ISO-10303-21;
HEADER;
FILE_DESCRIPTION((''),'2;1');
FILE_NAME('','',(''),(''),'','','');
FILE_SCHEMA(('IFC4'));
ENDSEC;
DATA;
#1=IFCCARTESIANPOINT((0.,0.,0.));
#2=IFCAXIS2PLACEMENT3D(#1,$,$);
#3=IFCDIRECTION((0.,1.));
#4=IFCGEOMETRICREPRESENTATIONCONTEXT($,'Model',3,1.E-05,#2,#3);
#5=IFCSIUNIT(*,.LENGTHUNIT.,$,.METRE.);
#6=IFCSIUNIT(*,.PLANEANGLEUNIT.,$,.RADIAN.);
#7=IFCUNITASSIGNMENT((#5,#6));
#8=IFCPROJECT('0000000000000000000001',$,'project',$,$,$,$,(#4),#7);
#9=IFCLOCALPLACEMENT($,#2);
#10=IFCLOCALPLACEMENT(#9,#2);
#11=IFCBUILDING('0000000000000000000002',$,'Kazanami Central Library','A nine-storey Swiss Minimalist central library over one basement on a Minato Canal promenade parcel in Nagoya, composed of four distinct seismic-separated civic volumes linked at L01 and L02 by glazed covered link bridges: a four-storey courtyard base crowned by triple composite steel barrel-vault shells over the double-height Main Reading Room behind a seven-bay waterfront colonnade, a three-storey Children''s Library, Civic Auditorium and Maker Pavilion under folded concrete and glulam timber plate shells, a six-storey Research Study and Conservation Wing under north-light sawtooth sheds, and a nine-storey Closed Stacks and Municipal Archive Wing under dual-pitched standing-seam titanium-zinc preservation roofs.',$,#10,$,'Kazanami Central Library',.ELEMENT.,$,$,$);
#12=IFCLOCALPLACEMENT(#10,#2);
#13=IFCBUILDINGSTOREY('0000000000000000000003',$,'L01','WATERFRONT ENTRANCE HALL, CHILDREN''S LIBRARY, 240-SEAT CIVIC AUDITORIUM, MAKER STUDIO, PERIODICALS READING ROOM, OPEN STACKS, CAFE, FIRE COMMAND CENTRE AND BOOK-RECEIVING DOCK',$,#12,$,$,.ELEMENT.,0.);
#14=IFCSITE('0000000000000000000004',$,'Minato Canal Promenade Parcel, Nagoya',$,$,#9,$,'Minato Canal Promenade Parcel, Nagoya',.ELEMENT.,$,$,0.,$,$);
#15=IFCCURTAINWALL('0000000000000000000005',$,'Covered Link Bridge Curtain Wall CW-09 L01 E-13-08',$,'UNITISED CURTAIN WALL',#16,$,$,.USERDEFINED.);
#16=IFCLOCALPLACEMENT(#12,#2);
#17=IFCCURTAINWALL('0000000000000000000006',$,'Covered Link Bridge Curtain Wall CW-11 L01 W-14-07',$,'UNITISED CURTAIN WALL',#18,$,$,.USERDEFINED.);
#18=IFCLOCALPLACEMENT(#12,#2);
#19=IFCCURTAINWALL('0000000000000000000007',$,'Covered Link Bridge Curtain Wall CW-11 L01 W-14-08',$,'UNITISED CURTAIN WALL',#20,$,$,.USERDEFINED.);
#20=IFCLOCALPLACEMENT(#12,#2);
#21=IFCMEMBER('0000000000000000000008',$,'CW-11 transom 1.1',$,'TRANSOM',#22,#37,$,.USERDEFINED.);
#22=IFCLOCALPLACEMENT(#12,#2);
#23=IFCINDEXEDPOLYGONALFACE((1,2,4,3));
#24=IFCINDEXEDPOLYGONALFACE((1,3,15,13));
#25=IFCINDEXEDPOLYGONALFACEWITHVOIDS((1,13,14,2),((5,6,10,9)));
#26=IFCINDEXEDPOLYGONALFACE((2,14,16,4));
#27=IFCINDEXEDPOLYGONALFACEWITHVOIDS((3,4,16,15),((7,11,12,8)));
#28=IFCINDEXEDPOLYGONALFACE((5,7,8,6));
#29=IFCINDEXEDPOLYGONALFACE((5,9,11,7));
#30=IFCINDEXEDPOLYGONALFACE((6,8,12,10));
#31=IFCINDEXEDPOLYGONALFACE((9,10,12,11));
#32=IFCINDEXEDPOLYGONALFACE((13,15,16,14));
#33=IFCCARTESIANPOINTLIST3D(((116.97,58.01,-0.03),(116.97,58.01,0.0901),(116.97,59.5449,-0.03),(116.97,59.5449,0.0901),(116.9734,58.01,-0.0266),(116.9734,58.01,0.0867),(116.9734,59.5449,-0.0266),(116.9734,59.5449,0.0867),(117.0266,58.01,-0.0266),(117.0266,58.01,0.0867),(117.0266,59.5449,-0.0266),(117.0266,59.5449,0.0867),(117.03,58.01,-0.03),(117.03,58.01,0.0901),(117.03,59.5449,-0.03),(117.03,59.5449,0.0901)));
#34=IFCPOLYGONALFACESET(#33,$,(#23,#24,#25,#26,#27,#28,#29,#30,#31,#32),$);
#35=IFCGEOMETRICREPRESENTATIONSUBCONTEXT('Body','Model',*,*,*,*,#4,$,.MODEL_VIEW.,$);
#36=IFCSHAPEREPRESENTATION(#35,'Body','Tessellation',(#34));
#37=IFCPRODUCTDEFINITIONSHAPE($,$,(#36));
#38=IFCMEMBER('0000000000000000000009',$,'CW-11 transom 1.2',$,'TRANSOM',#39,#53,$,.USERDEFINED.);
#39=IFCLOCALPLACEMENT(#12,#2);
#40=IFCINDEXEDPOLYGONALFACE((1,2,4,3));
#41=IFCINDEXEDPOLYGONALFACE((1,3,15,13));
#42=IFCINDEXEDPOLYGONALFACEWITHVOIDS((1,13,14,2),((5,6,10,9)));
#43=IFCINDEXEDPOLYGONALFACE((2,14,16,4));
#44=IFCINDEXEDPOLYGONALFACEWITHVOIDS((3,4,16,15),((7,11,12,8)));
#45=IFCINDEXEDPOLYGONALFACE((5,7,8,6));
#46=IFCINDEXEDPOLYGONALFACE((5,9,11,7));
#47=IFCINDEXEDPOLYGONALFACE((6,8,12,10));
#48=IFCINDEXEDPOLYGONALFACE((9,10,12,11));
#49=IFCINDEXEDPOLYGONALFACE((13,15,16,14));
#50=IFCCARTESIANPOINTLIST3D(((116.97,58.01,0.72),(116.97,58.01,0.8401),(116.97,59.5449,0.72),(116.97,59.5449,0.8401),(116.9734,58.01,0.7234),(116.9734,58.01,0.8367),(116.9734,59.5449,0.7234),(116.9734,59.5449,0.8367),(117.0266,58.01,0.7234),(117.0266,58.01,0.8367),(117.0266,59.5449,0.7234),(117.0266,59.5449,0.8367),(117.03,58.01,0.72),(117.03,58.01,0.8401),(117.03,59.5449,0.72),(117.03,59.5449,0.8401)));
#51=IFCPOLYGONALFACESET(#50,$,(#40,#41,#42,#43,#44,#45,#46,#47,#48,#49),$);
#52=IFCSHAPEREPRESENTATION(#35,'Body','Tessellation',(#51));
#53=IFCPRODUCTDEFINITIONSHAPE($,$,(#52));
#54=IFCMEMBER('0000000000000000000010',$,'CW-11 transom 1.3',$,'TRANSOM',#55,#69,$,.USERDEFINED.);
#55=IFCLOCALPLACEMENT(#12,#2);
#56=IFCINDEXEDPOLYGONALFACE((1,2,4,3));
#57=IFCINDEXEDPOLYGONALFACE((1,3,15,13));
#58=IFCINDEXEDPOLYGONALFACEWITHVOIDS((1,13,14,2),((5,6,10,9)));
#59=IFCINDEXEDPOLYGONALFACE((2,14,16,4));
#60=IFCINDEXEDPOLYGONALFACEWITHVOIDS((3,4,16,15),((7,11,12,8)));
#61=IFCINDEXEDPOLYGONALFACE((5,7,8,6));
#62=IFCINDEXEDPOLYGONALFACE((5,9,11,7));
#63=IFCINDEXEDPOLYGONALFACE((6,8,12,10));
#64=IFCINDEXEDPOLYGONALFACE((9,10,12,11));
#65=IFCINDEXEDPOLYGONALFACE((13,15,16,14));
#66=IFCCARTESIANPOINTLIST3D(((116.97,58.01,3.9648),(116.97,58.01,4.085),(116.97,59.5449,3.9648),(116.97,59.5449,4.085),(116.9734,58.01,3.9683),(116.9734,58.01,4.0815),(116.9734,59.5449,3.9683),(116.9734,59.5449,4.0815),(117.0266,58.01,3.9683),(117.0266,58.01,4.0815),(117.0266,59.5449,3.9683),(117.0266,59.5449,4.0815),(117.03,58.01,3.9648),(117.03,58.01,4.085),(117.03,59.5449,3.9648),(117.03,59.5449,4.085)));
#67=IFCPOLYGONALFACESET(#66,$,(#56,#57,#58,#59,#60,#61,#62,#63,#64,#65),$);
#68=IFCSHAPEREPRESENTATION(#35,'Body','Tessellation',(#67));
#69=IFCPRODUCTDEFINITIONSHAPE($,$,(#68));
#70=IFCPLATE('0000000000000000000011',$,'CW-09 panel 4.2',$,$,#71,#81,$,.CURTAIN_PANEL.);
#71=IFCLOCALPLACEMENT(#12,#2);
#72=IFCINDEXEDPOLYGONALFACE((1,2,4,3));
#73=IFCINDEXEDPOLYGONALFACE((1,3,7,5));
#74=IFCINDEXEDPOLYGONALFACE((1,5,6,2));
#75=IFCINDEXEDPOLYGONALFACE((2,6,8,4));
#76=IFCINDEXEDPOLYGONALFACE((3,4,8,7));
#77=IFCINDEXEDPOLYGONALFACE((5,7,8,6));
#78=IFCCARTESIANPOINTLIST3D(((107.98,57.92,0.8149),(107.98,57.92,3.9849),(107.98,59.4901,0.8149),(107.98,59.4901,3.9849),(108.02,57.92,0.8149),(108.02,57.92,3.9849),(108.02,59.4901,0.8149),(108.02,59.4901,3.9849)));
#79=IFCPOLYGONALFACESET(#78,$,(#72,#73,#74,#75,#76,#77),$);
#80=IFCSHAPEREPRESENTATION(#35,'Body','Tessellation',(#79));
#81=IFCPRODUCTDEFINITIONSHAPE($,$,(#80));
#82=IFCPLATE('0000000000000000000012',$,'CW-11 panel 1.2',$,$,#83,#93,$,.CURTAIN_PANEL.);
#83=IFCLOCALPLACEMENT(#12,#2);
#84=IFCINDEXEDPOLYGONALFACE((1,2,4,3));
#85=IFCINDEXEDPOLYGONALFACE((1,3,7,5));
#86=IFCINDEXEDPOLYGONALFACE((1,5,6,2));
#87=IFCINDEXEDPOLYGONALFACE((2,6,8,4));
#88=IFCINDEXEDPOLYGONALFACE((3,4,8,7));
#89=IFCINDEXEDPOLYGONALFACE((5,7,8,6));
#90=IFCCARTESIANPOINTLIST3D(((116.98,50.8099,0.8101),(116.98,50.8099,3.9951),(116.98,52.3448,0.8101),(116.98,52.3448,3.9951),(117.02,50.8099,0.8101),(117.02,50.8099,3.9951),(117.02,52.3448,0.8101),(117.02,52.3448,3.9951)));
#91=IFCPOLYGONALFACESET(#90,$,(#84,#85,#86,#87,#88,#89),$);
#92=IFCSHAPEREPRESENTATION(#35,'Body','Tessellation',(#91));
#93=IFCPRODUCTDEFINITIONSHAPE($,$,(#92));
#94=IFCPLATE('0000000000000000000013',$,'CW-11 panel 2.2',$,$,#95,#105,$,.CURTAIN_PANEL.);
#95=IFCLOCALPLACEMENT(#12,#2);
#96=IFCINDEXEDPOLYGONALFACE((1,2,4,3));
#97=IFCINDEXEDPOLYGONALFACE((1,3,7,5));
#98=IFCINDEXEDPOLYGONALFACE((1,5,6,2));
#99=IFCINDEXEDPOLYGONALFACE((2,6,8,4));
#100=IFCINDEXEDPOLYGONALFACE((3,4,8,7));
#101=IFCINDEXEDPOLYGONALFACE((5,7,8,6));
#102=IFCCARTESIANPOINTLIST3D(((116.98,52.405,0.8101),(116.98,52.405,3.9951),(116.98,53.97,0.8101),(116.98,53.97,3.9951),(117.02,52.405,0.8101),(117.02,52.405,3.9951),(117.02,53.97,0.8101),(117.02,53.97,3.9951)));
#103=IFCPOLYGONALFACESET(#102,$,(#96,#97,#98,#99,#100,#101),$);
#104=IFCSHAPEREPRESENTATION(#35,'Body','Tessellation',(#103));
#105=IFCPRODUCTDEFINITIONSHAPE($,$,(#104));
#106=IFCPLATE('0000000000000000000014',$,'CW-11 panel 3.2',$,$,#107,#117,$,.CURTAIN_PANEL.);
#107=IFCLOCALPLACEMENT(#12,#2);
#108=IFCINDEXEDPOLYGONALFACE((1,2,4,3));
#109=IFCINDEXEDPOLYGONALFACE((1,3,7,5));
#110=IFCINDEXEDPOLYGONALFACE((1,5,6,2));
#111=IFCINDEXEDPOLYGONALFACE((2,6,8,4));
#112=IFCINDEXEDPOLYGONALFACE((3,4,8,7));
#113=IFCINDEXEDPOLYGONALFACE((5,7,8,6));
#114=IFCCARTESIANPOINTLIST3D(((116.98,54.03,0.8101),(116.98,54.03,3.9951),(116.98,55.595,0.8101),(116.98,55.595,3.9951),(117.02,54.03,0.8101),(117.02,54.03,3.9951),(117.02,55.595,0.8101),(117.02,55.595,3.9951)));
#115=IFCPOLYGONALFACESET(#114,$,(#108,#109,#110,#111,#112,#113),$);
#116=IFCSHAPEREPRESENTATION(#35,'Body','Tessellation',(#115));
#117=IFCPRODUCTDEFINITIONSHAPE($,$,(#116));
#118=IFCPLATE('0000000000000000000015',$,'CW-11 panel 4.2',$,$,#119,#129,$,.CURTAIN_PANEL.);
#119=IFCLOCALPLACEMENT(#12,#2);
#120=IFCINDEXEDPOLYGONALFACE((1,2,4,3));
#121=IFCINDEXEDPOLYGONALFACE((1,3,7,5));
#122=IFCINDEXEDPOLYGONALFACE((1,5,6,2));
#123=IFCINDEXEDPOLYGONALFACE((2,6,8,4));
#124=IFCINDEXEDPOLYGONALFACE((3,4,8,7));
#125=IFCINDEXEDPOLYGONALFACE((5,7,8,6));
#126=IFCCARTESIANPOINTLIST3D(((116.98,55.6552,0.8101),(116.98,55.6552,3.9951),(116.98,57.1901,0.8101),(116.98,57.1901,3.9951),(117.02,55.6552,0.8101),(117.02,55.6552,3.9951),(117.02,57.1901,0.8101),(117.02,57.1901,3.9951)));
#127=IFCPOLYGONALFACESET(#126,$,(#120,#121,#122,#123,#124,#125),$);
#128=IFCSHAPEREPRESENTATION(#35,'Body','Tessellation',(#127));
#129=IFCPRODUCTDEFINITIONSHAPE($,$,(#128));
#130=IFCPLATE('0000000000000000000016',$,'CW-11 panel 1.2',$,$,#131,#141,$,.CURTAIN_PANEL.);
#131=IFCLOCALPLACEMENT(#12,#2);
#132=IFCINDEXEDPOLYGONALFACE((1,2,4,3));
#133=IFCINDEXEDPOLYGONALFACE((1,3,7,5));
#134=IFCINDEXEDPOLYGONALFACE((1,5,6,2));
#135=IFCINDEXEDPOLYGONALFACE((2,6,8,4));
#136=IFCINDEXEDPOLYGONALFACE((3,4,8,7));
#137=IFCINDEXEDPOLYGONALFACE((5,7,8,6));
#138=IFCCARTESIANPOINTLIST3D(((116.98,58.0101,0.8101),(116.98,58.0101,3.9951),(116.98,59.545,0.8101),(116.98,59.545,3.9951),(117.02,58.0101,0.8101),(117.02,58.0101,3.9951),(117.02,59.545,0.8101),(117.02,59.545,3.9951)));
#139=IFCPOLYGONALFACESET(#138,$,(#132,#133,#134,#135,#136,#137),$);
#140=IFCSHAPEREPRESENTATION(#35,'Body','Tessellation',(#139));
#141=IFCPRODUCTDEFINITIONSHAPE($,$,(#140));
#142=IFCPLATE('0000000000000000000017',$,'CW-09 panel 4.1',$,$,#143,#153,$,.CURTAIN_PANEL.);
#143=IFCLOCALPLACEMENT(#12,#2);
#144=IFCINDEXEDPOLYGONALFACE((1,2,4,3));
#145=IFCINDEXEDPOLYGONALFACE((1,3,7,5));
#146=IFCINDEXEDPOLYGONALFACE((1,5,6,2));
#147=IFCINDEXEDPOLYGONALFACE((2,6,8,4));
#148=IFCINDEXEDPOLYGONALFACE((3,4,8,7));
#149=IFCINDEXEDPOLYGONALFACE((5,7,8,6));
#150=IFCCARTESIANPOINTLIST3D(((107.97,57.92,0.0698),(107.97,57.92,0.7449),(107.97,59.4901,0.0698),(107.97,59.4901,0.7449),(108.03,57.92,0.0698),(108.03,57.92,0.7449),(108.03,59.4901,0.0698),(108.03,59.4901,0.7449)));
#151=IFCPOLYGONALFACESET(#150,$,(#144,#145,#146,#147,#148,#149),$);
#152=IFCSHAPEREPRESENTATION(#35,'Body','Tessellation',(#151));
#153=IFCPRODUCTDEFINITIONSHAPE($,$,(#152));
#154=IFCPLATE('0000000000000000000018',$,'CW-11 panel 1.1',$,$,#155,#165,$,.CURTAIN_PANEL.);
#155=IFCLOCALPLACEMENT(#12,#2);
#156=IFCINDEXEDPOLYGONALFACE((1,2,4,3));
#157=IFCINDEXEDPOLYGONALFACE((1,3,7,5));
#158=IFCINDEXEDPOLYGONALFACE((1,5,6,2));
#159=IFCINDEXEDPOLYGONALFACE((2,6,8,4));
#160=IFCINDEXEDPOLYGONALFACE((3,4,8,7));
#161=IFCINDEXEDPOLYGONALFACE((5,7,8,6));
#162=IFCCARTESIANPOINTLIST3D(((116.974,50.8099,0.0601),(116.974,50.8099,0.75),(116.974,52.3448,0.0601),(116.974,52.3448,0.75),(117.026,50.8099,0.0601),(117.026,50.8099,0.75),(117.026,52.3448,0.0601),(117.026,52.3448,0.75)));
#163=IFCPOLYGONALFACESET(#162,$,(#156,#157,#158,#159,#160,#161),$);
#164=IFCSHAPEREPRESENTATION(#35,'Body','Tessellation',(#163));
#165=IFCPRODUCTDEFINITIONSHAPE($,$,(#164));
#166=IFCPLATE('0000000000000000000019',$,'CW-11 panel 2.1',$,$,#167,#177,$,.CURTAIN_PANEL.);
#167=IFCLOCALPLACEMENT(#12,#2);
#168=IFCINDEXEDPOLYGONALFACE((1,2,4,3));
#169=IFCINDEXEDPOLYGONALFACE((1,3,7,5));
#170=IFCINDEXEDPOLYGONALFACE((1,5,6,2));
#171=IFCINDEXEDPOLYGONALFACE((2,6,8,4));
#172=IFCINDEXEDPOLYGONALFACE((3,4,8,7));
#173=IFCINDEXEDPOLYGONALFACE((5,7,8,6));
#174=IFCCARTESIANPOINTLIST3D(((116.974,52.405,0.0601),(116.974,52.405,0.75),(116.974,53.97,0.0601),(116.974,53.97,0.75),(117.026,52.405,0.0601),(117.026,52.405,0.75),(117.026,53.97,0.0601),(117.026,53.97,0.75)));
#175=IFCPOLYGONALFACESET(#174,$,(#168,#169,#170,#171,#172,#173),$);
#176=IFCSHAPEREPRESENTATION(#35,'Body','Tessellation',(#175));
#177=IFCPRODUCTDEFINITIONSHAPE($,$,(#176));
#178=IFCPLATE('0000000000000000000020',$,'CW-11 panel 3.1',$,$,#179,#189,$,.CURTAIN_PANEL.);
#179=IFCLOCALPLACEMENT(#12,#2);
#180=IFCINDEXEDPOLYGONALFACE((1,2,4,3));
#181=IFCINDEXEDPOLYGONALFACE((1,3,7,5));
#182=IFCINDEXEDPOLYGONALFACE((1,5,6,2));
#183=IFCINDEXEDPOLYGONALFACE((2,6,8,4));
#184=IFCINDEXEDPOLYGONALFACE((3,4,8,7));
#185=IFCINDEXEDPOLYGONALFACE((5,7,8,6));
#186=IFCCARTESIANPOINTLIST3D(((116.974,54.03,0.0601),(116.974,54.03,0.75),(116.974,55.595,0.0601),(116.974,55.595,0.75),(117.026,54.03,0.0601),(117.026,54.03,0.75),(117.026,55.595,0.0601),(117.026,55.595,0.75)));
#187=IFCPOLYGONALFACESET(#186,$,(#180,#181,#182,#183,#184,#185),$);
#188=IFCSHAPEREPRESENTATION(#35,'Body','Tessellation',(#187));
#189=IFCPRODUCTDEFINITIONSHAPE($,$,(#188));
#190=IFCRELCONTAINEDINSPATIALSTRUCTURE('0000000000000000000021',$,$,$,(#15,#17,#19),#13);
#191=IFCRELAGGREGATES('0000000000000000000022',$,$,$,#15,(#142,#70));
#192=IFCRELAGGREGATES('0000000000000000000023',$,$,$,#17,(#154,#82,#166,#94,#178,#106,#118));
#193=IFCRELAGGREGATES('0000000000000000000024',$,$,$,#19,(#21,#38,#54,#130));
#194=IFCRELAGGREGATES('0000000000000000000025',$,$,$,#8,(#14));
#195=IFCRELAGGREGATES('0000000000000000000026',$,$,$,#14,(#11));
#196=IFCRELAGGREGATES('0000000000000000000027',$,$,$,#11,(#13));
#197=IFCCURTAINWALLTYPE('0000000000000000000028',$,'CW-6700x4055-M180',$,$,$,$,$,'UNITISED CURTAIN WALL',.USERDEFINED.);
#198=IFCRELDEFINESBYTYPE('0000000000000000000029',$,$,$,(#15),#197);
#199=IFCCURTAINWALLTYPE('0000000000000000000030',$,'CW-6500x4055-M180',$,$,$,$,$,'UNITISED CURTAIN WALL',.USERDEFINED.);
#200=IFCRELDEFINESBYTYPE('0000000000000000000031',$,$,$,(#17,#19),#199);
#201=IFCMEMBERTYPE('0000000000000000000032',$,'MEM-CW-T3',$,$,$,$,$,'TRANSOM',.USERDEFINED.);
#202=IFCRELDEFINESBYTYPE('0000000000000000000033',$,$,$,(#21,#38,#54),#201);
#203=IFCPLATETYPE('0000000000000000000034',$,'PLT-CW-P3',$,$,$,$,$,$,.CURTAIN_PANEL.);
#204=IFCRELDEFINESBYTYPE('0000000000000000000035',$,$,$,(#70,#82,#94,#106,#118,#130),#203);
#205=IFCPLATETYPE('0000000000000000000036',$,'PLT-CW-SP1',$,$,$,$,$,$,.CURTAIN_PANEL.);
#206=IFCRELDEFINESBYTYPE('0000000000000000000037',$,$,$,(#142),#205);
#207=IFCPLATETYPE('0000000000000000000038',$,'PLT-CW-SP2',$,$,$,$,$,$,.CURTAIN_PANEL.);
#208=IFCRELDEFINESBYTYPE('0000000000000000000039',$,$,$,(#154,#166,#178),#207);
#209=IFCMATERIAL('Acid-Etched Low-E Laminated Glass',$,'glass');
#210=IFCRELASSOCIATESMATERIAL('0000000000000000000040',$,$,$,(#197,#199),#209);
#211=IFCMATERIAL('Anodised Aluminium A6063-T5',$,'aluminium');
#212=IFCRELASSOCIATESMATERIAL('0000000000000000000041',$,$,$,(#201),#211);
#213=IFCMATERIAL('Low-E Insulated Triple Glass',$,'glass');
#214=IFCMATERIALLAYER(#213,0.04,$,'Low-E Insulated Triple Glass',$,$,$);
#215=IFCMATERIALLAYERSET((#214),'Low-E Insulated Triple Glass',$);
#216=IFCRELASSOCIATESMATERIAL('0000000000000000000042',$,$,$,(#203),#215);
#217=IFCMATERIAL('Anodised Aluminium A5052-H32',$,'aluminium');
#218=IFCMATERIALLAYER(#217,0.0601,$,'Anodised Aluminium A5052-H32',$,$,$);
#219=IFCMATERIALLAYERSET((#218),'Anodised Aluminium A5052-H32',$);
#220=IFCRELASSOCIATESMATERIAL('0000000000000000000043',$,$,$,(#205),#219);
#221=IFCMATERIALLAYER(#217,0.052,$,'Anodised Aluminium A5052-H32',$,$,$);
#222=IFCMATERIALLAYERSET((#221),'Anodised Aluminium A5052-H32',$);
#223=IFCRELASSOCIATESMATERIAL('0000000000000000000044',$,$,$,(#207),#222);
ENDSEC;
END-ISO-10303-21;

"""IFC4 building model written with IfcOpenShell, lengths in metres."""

from ifc_helpers import new_model, si_unit, direction, frame, origin, origin_2d, place, context, subcontext, project, spatial, rectangle, hollow_rectangle, extrude, material, layer, layer_set, material_profile, profile_set, type_object, element, aggregate, save


model = new_model("IFC4")

# Units and contexts
model_context = context("Model", 3, precision=1e-05, world=origin(), true_north=direction((0.0, 1.0)))
body_context = subcontext(model_context, "Body", "Model", "MODEL_VIEW")
ifc_project = project(units=[si_unit("LENGTHUNIT", "METRE"), si_unit("PLANEANGLEUNIT", "RADIAN")], contexts=[model_context])

# Site, building, storey
site_placement = place(None, origin())
site = spatial("IfcSite", under=ifc_project, at=site_placement, Name="Minato Canal Promenade Parcel, Nagoya", LongName="Minato Canal Promenade Parcel, Nagoya", CompositionType="ELEMENT", RefElevation=0.0)
building_placement = place(site_placement, origin())
building = spatial("IfcBuilding", under=site, at=building_placement, Name="Kazanami Central Library", Description="A nine-storey Swiss Minimalist central library over one basement on a Minato Canal promenade parcel in Nagoya, composed of four distinct seismic-separated civic volumes linked at L01 and L02 by glazed covered link bridges: a four-storey courtyard base crowned by triple composite steel barrel-vault shells over the double-height Main Reading Room behind a seven-bay waterfront colonnade, a three-storey Children's Library, Civic Auditorium and Maker Pavilion under folded concrete and glulam timber plate shells, a six-storey Research Study and Conservation Wing under north-light sawtooth sheds, and a nine-storey Closed Stacks and Municipal Archive Wing under dual-pitched standing-seam titanium-zinc preservation roofs.", LongName="Kazanami Central Library", CompositionType="ELEMENT")
storey_placement = place(building_placement, origin())
storey = spatial("IfcBuildingStorey", under=building, at=storey_placement, Name="L01", Description="WATERFRONT ENTRANCE HALL, CHILDREN'S LIBRARY, 240-SEAT CIVIC AUDITORIUM, MAKER STUDIO, PERIODICALS READING ROOM, OPEN STACKS, CAFE, FIRE COMMAND CENTRE AND BOOK-RECEIVING DOCK", CompositionType="ELEMENT", Elevation=0.0)

# Curtain wall
ifc_material_1 = material(Name="Acid-Etched Low-E Laminated Glass", Category="glass")
curtain_wall_type_1 = type_object("IfcCurtainWallType", Name="CW-6700x4055-M180", ElementType="UNITISED CURTAIN WALL", PredefinedType="USERDEFINED", material=ifc_material_1)
curtain_wall_1_placement = place(storey_placement, origin())
curtain_wall_1 = element("IfcCurtainWall", 1, at=curtain_wall_1_placement, inside=storey, type_object=curtain_wall_type_1, Name="Covered Link Bridge Curtain Wall CW-09 L01 E-13-08", ObjectType="UNITISED CURTAIN WALL", PredefinedType="USERDEFINED")
ifc_material_2 = material(Name="Anodised Aluminium A6063-T5", Category="aluminium")

# Curtain wall
curtain_wall_type_2 = type_object("IfcCurtainWallType", Name="CW-6500x4055-M180", ElementType="UNITISED CURTAIN WALL", PredefinedType="USERDEFINED", material=ifc_material_1)
curtain_wall_2_placement = place(storey_placement, origin())
curtain_wall_2 = element("IfcCurtainWall", 2, at=curtain_wall_2_placement, inside=storey, type_object=curtain_wall_type_2, Name="Covered Link Bridge Curtain Wall CW-11 L01 W-14-07", ObjectType="UNITISED CURTAIN WALL", PredefinedType="USERDEFINED")

# Curtain wall
curtain_wall_3_placement = place(storey_placement, origin())
curtain_wall_3 = element("IfcCurtainWall", 3, at=curtain_wall_3_placement, inside=storey, type_object=curtain_wall_type_2, Name="Covered Link Bridge Curtain Wall CW-11 L01 W-14-08", ObjectType="UNITISED CURTAIN WALL", PredefinedType="USERDEFINED")

# Members
ifc_material_profile_1 = material_profile(ifc_material_2, hollow_rectangle(XDim=0.0601, YDim=0.1201, WallThickness=0.0034, at=origin_2d()), Name="ALU-TRAN-60x120x3.5")
ifc_profile_set_1 = profile_set([ifc_material_profile_1], Name="Anodised Aluminium A6063-T5")
member_type_1 = type_object("IfcMemberType", Name="MEM-CW-T3", ElementType="TRANSOM", PredefinedType="USERDEFINED", material=ifc_profile_set_1)
member_1_placement = place(storey_placement, frame((117.0, 58.01, 0.03), z_axis=(0.0, 1.0, 0.0), x_axis=(-1.0, 0.0, 0.0)))
member_1 = element("IfcMember", 4, at=member_1_placement, type_object=member_type_1, Name="CW-11 transom 1.1", ObjectType="TRANSOM", PredefinedType="USERDEFINED", context=body_context, shape_type="SweptSolid", body=[
    extrude(hollow_rectangle(XDim=0.0601, YDim=0.1201, WallThickness=0.0034, at=origin_2d()), origin(), (0.0, 0.0, 1.0), 1.5349),
])
member_2_placement = place(storey_placement, frame((117.0, 58.01, 0.78), z_axis=(0.0, 1.0, 0.0), x_axis=(-1.0, 0.0, 0.0)))
member_2 = element("IfcMember", 5, at=member_2_placement, type_object=member_type_1, Name="CW-11 transom 1.2", ObjectType="TRANSOM", PredefinedType="USERDEFINED", context=body_context, shape_type="SweptSolid", body=[
    extrude(hollow_rectangle(XDim=0.0601, YDim=0.1201, WallThickness=0.0034, at=origin_2d()), origin(), (0.0, 0.0, 1.0), 1.5349),
])
member_3_placement = place(storey_placement, frame((117.0, 58.01, 4.0249), z_axis=(0.0, 1.0, 0.0), x_axis=(-1.0, 0.0, 0.0)))
member_3 = element("IfcMember", 6, at=member_3_placement, type_object=member_type_1, Name="CW-11 transom 1.3", ObjectType="TRANSOM", PredefinedType="USERDEFINED", context=body_context, shape_type="SweptSolid", body=[
    extrude(hollow_rectangle(XDim=0.0601, YDim=0.1201, WallThickness=0.0034, at=origin_2d()), origin(), (0.0, 0.0, 1.0), 1.5349),
])

# Plates
ifc_material_3 = material(Name="Low-E Insulated Triple Glass", Category="glass")
ifc_layer_1 = layer(ifc_material_3, 0.04, Name="Low-E Insulated Triple Glass")
ifc_layer_set_1 = layer_set([ifc_layer_1], Name="Low-E Insulated Triple Glass")
plate_type_1 = type_object("IfcPlateType", Name="PLT-CW-P3", PredefinedType="CURTAIN_PANEL", material=ifc_layer_set_1)
plate_1_placement = place(storey_placement, frame((108.0, 58.7051, 0.8149), z_axis=(0.0, 0.0, 1.0), x_axis=(0.0, -1.0, 0.0)))
plate_1 = element("IfcPlate", 7, at=plate_1_placement, type_object=plate_type_1, Name="CW-09 panel 4.2", PredefinedType="CURTAIN_PANEL", context=body_context, shape_type="SweptSolid", body=[
    extrude(rectangle(XDim=1.5701, YDim=0.04, at=origin_2d()), origin(), (0.0, 0.0, 1.0), 3.1699),
])
plate_2_placement = place(storey_placement, frame((117.0, 51.5774, 0.8101), z_axis=(0.0, 0.0, 1.0), x_axis=(0.0, 1.0, 0.0)))
plate_2 = element("IfcPlate", 8, at=plate_2_placement, type_object=plate_type_1, Name="CW-11 panel 1.2", PredefinedType="CURTAIN_PANEL", context=body_context, shape_type="SweptSolid", body=[
    extrude(rectangle(XDim=1.5349, YDim=0.04, at=origin_2d()), origin(), (0.0, 0.0, 1.0), 3.1851),
])
plate_3_placement = place(storey_placement, frame((117.0, 53.1875, 0.8101), z_axis=(0.0, 0.0, 1.0), x_axis=(0.0, 1.0, 0.0)))
plate_3 = element("IfcPlate", 9, at=plate_3_placement, type_object=plate_type_1, Name="CW-11 panel 2.2", PredefinedType="CURTAIN_PANEL", context=body_context, shape_type="SweptSolid", body=[
    extrude(rectangle(XDim=1.5649, YDim=0.04, at=origin_2d()), origin(), (0.0, 0.0, 1.0), 3.1851),
])
plate_4_placement = place(storey_placement, frame((117.0, 54.8125, 0.8101), z_axis=(0.0, 0.0, 1.0), x_axis=(0.0, 1.0, 0.0)))
plate_4 = element("IfcPlate", 10, at=plate_4_placement, type_object=plate_type_1, Name="CW-11 panel 3.2", PredefinedType="CURTAIN_PANEL", context=body_context, shape_type="SweptSolid", body=[
    extrude(rectangle(XDim=1.5649, YDim=0.04, at=origin_2d()), origin(), (0.0, 0.0, 1.0), 3.1851),
])
plate_5_placement = place(storey_placement, frame((117.0, 56.4226, 0.8101), z_axis=(0.0, 0.0, 1.0), x_axis=(0.0, 1.0, 0.0)))
plate_5 = element("IfcPlate", 11, at=plate_5_placement, type_object=plate_type_1, Name="CW-11 panel 4.2", PredefinedType="CURTAIN_PANEL", context=body_context, shape_type="SweptSolid", body=[
    extrude(rectangle(XDim=1.5349, YDim=0.04, at=origin_2d()), origin(), (0.0, 0.0, 1.0), 3.1851),
])
plate_6_placement = place(storey_placement, frame((117.0, 58.7776, 0.8101), z_axis=(0.0, 0.0, 1.0), x_axis=(0.0, 1.0, 0.0)))
plate_6 = element("IfcPlate", 12, at=plate_6_placement, type_object=plate_type_1, Name="CW-11 panel 1.2", PredefinedType="CURTAIN_PANEL", context=body_context, shape_type="SweptSolid", body=[
    extrude(rectangle(XDim=1.5349, YDim=0.04, at=origin_2d()), origin(), (0.0, 0.0, 1.0), 3.1851),
])
ifc_material_4 = material(Name="Anodised Aluminium A5052-H32", Category="aluminium")
ifc_layer_2 = layer(ifc_material_4, 0.0601, Name="Anodised Aluminium A5052-H32")
ifc_layer_set_2 = layer_set([ifc_layer_2], Name="Anodised Aluminium A5052-H32")
plate_type_2 = type_object("IfcPlateType", Name="PLT-CW-SP1", PredefinedType="CURTAIN_PANEL", material=ifc_layer_set_2)
plate_7_placement = place(storey_placement, frame((108.0, 58.7051, 0.0698), z_axis=(0.0, 0.0, 1.0), x_axis=(0.0, -1.0, 0.0)))
plate_7 = element("IfcPlate", 13, at=plate_7_placement, type_object=plate_type_2, Name="CW-09 panel 4.1", PredefinedType="CURTAIN_PANEL", context=body_context, shape_type="SweptSolid", body=[
    extrude(rectangle(XDim=1.5701, YDim=0.0601, at=origin_2d()), origin(), (0.0, 0.0, 1.0), 0.675),
])
aggregate(curtain_wall_1, [plate_7, plate_1])
ifc_layer_3 = layer(ifc_material_4, 0.052, Name="Anodised Aluminium A5052-H32")
ifc_layer_set_3 = layer_set([ifc_layer_3], Name="Anodised Aluminium A5052-H32")
plate_type_3 = type_object("IfcPlateType", Name="PLT-CW-SP2", PredefinedType="CURTAIN_PANEL", material=ifc_layer_set_3)
plate_8_placement = place(storey_placement, frame((117.0, 51.5774, 0.0601), z_axis=(0.0, 0.0, 1.0), x_axis=(0.0, 1.0, 0.0)))
plate_8 = element("IfcPlate", 14, at=plate_8_placement, type_object=plate_type_3, Name="CW-11 panel 1.1", PredefinedType="CURTAIN_PANEL", context=body_context, shape_type="SweptSolid", body=[
    extrude(rectangle(XDim=1.5349, YDim=0.052, at=origin_2d()), origin(), (0.0, 0.0, 1.0), 0.6899),
])
plate_9_placement = place(storey_placement, frame((117.0, 53.1875, 0.0601), z_axis=(0.0, 0.0, 1.0), x_axis=(0.0, 1.0, 0.0)))
plate_9 = element("IfcPlate", 15, at=plate_9_placement, type_object=plate_type_3, Name="CW-11 panel 2.1", PredefinedType="CURTAIN_PANEL", context=body_context, shape_type="SweptSolid", body=[
    extrude(rectangle(XDim=1.5649, YDim=0.052, at=origin_2d()), origin(), (0.0, 0.0, 1.0), 0.6899),
])
plate_10_placement = place(storey_placement, frame((117.0, 54.8125, 0.0601), z_axis=(0.0, 0.0, 1.0), x_axis=(0.0, 1.0, 0.0)))
plate_10 = element("IfcPlate", 16, at=plate_10_placement, type_object=plate_type_3, Name="CW-11 panel 3.1", PredefinedType="CURTAIN_PANEL", context=body_context, shape_type="SweptSolid", body=[
    extrude(rectangle(XDim=1.5649, YDim=0.052, at=origin_2d()), origin(), (0.0, 0.0, 1.0), 0.6899),
])
aggregate(curtain_wall_2, [plate_8, plate_2, plate_9, plate_3, plate_10, plate_4, plate_5])
aggregate(curtain_wall_3, [member_1, member_2, member_3, plate_6])

save(model, "model.ifc")
